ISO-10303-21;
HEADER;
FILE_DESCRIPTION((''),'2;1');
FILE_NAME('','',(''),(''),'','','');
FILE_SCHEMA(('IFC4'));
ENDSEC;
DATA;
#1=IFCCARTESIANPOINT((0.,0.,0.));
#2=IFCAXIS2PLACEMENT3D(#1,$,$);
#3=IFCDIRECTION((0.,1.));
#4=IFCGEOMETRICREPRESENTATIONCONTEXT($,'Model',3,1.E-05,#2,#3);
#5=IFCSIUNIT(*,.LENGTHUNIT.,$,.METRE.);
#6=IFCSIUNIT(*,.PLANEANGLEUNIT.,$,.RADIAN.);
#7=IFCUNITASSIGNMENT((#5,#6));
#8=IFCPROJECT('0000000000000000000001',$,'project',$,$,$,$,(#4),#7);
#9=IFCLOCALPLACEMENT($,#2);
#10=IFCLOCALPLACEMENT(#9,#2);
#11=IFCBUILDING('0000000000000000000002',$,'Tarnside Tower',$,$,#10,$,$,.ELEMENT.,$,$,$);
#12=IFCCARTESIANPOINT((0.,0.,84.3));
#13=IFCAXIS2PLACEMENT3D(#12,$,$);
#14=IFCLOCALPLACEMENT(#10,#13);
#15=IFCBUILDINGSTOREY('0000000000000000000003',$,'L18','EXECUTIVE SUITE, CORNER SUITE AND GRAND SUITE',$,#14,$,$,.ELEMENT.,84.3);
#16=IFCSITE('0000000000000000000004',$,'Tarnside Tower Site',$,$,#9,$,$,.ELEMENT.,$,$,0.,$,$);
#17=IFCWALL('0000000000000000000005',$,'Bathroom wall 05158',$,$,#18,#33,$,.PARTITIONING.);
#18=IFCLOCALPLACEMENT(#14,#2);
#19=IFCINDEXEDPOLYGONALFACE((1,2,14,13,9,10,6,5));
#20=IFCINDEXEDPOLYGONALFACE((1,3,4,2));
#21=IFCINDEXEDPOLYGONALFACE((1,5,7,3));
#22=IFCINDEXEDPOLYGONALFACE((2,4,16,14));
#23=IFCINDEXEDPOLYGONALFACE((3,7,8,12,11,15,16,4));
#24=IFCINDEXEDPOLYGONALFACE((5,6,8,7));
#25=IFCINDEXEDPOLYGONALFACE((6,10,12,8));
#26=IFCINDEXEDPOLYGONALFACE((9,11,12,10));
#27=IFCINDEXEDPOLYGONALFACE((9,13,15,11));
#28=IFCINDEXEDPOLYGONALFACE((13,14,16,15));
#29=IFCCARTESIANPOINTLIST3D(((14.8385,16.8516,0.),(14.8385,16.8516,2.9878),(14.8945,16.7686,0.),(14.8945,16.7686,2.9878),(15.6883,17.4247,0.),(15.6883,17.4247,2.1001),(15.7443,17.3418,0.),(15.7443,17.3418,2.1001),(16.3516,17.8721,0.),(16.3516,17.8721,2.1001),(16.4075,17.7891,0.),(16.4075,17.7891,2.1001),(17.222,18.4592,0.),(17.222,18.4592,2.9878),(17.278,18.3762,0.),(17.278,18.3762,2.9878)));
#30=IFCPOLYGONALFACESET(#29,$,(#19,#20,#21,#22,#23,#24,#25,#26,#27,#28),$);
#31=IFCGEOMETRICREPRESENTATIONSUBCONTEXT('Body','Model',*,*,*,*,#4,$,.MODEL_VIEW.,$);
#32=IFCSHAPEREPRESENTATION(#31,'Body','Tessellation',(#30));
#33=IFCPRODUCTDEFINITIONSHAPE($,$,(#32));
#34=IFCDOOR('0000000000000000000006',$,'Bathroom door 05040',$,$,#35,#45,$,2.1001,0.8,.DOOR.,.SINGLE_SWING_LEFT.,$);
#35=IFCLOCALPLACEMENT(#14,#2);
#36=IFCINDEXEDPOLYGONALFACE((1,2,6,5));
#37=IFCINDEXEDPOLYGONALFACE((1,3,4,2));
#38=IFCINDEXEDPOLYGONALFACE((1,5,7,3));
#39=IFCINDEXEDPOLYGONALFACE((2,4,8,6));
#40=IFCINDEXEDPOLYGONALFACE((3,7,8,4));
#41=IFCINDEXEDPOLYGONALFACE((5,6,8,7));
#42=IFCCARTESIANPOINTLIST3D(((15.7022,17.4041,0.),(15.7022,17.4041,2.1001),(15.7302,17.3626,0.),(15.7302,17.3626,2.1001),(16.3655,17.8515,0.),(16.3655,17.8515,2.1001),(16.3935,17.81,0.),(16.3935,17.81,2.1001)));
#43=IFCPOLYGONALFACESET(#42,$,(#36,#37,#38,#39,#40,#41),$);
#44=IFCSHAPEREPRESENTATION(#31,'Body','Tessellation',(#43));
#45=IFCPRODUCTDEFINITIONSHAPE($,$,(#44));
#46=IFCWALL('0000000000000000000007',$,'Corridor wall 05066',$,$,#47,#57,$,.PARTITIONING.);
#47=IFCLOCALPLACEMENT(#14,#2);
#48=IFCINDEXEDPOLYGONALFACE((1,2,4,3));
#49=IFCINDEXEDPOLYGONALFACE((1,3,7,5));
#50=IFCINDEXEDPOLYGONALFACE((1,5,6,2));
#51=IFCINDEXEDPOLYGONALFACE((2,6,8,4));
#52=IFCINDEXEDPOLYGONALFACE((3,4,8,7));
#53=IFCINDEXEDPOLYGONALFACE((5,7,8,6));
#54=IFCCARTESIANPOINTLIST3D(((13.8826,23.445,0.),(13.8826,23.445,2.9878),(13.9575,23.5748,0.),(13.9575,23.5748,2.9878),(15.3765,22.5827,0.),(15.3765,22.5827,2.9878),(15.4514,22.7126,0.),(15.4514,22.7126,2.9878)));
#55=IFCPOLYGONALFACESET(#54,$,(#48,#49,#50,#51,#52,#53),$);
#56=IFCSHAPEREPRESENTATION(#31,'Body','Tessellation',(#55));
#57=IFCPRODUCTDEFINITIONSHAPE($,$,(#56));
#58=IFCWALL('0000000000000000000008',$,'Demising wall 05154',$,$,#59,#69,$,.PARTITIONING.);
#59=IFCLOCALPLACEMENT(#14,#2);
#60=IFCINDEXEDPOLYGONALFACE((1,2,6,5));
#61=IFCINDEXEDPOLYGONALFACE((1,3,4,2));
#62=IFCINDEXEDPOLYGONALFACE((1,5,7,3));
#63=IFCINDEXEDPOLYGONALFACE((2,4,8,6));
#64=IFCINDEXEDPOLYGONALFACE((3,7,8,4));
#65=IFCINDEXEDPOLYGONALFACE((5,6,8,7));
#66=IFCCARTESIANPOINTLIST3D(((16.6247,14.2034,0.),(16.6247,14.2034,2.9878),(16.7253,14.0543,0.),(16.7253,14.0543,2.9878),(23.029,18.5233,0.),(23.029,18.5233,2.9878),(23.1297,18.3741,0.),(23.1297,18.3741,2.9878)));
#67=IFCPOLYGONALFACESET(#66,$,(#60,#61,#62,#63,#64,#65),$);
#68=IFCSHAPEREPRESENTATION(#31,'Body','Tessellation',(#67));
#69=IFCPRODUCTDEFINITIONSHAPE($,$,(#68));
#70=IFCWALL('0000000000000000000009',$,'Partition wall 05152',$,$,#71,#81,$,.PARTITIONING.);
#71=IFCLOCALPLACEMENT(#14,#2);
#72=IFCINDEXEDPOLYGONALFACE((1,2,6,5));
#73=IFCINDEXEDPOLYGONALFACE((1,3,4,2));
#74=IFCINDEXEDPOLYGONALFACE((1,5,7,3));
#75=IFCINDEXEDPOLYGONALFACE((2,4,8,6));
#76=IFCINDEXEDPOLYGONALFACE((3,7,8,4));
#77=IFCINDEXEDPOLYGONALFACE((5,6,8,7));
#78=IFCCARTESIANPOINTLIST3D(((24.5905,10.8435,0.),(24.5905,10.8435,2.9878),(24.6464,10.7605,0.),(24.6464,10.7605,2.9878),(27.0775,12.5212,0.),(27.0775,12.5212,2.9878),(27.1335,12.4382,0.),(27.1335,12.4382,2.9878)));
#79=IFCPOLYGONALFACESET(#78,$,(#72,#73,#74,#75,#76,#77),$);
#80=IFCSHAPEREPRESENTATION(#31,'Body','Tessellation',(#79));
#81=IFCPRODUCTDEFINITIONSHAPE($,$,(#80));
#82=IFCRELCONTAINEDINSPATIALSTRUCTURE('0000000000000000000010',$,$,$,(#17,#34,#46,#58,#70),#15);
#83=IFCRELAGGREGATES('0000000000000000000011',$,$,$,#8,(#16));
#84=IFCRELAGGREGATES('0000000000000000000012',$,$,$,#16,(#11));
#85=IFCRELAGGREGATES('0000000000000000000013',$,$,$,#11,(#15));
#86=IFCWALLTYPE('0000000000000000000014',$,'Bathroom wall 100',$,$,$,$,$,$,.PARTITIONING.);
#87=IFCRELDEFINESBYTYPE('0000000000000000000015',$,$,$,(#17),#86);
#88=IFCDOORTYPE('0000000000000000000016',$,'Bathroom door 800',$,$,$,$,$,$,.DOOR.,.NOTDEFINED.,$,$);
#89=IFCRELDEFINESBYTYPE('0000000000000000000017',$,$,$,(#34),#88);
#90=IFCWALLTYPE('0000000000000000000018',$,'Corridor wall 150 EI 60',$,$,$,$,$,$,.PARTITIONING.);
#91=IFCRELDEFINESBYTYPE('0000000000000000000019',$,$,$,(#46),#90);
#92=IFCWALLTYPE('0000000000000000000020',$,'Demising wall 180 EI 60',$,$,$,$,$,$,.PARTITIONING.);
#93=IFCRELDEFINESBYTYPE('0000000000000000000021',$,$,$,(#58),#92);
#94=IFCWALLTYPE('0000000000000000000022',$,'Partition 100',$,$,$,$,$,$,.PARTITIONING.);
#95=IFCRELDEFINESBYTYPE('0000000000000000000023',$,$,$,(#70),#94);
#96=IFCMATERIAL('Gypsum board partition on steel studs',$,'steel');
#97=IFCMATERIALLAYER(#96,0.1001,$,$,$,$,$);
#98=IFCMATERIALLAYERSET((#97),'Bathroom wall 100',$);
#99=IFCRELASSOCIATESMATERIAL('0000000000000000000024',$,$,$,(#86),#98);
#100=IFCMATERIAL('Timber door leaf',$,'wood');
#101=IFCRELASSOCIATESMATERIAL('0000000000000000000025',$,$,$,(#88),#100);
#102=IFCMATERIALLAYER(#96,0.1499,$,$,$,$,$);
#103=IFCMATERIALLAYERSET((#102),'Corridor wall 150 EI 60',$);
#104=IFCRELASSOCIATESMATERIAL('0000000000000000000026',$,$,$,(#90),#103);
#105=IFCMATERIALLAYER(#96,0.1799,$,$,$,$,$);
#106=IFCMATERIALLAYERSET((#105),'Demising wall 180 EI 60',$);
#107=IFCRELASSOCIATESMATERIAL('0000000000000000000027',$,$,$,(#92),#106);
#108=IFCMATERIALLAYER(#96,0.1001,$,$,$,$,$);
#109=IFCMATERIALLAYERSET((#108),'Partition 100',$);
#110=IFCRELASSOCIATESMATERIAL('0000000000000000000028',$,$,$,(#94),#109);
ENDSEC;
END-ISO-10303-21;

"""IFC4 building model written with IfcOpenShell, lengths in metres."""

from ifc_helpers import new_model, si_unit, direction, frame, frame_2d, origin, place, context, subcontext, project, spatial, rectangle, extrude, material, layer, layer_set, type_object, element, fill, save


model = new_model("IFC4")

# Units and contexts
model_context = context("Model", 3, precision=1e-05, world=origin(), true_north=direction((0.0, 1.0)))
body_context = subcontext(model_context, "Body", "Model", "MODEL_VIEW")
ifc_project = project(units=[si_unit("LENGTHUNIT", "METRE"), si_unit("PLANEANGLEUNIT", "RADIAN")], contexts=[model_context])

# Site, building, storey
site_placement = place(None, origin())
site = spatial("IfcSite", under=ifc_project, at=site_placement, Name="Tarnside Tower Site", CompositionType="ELEMENT", RefElevation=0.0)
building_placement = place(site_placement, origin())
building = spatial("IfcBuilding", under=site, at=building_placement, Name="Tarnside Tower", CompositionType="ELEMENT")
storey_placement = place(building_placement, frame((0.0, 0.0, 84.3)))
storey = spatial("IfcBuildingStorey", under=building, at=storey_placement, Name="L18", Description="EXECUTIVE SUITE, CORNER SUITE AND GRAND SUITE", CompositionType="ELEMENT", Elevation=84.3)

# Shared definitions
ifc_material_1 = material(Name="Gypsum board partition on steel studs", Category="steel")
ifc_layer_1 = layer(ifc_material_1, 0.1001)
ifc_layer_set_1 = layer_set([ifc_layer_1], Name="Bathroom wall 100")
wall_type_1 = type_object("IfcWallType", Name="Bathroom wall 100", PredefinedType="PARTITIONING", material=ifc_layer_set_1)

# Wall, opening, door
wall_1_placement = place(storey_placement, frame((17.25, 18.4177, 0.0), z_axis=(0.0, 0.0, 1.0), x_axis=(-0.829046, -0.55918, 0.0)))
wall_1 = element("IfcWall", 1, at=wall_1_placement, inside=storey, type_object=wall_type_1, Name="Bathroom wall 05158", PredefinedType="PARTITIONING", context=body_context, shape_type="SweptSolid", body=[
    extrude(rectangle(XDim=2.875, YDim=0.1001, at=frame_2d((1.4375, 0.0))), origin(), (0.0, 0.0, 1.0), 2.9878),
])
opening_1_placement = place(wall_1_placement, frame((1.05, 0.0, 0.0)))
opening_1 = element("IfcOpeningElement", 2, at=opening_1_placement, cuts=wall_1, PredefinedType="OPENING", context=body_context, shape_type="SweptSolid", body=[
    extrude(rectangle(XDim=0.8, YDim=2.1001, at=frame_2d((0.3999, 1.05))), frame((0.0, 0.0601, 0.0), z_axis=(0.0, -1.0, 0.0), x_axis=(1.0, 0.0, 0.0)), (0.0, 0.0, 1.0), 0.1201),
])
ifc_material_2 = material(Name="Timber door leaf", Category="wood")
door_type = type_object("IfcDoorType", Name="Bathroom door 800", OperationType="NOTDEFINED", PredefinedType="DOOR", material=ifc_material_2)
door_placement = place(opening_1_placement, origin())
door = element("IfcDoor", 3, at=door_placement, inside=storey, type_object=door_type, Name="Bathroom door 05040", OperationType="SINGLE_SWING_LEFT", OverallHeight=2.1001, OverallWidth=0.8, PredefinedType="DOOR", context=body_context, shape_type="SweptSolid", body=[
    extrude(rectangle(XDim=0.8, YDim=2.1001, at=frame_2d((0.3999, 1.05))), frame((0.0, 0.0249, 0.0), z_axis=(0.0, -1.0, 0.0), x_axis=(1.0, 0.0, 0.0)), (0.0, 0.0, 1.0), 0.05),
])
fill(opening_1, door)

# Walls
ifc_layer_2 = layer(ifc_material_1, 0.1499)
ifc_layer_set_2 = layer_set([ifc_layer_2], Name="Corridor wall 150 EI 60")
wall_type_2 = type_object("IfcWallType", Name="Corridor wall 150 EI 60", PredefinedType="PARTITIONING", material=ifc_layer_set_2)
wall_2_placement = place(storey_placement, frame((15.4138, 22.6477, 0.0), z_axis=(0.0, 0.0, 1.0), x_axis=(-0.866075, 0.499914, 0.0)))
element("IfcWall", 4, at=wall_2_placement, inside=storey, type_object=wall_type_2, Name="Corridor wall 05066", PredefinedType="PARTITIONING", context=body_context, shape_type="SweptSolid", body=[
    extrude(rectangle(XDim=1.7249, YDim=0.1499, at=frame_2d((0.8623, 0.0))), origin(), (0.0, 0.0, 1.0), 2.9878),
])
ifc_layer_3 = layer(ifc_material_1, 0.1799)
ifc_layer_set_3 = layer_set([ifc_layer_3], Name="Demising wall 180 EI 60")
wall_type_3 = type_object("IfcWallType", Name="Demising wall 180 EI 60", PredefinedType="PARTITIONING", material=ifc_layer_set_3)
wall_3_placement = place(storey_placement, frame((23.0793, 18.4487, 0.0), z_axis=(0.0, 0.0, 1.0), x_axis=(-0.829033, -0.559199, 0.0)))
element("IfcWall", 5, at=wall_3_placement, inside=storey, type_object=wall_type_3, Name="Demising wall 05154", PredefinedType="PARTITIONING", context=body_context, shape_type="SweptSolid", body=[
    extrude(rectangle(XDim=7.7251, YDim=0.1799, at=frame_2d((3.8625, 0.0))), origin(), (0.0, 0.0, 1.0), 2.9878),
])
ifc_layer_4 = layer(ifc_material_1, 0.1001)
ifc_layer_set_4 = layer_set([ifc_layer_4], Name="Partition 100")
wall_type_4 = type_object("IfcWallType", Name="Partition 100", PredefinedType="PARTITIONING", material=ifc_layer_set_4)
wall_4_placement = place(storey_placement, frame((27.1055, 12.4797, 0.0), z_axis=(0.0, 0.0, 1.0), x_axis=(-0.829008, -0.559237, 0.0)))
element("IfcWall", 6, at=wall_4_placement, inside=storey, type_object=wall_type_4, Name="Partition wall 05152", PredefinedType="PARTITIONING", context=body_context, shape_type="SweptSolid", body=[
    extrude(rectangle(XDim=3.0, YDim=0.1001, at=frame_2d((1.5, 0.0))), origin(), (0.0, 0.0, 1.0), 2.9878),
])

save(model, "model.ifc")
